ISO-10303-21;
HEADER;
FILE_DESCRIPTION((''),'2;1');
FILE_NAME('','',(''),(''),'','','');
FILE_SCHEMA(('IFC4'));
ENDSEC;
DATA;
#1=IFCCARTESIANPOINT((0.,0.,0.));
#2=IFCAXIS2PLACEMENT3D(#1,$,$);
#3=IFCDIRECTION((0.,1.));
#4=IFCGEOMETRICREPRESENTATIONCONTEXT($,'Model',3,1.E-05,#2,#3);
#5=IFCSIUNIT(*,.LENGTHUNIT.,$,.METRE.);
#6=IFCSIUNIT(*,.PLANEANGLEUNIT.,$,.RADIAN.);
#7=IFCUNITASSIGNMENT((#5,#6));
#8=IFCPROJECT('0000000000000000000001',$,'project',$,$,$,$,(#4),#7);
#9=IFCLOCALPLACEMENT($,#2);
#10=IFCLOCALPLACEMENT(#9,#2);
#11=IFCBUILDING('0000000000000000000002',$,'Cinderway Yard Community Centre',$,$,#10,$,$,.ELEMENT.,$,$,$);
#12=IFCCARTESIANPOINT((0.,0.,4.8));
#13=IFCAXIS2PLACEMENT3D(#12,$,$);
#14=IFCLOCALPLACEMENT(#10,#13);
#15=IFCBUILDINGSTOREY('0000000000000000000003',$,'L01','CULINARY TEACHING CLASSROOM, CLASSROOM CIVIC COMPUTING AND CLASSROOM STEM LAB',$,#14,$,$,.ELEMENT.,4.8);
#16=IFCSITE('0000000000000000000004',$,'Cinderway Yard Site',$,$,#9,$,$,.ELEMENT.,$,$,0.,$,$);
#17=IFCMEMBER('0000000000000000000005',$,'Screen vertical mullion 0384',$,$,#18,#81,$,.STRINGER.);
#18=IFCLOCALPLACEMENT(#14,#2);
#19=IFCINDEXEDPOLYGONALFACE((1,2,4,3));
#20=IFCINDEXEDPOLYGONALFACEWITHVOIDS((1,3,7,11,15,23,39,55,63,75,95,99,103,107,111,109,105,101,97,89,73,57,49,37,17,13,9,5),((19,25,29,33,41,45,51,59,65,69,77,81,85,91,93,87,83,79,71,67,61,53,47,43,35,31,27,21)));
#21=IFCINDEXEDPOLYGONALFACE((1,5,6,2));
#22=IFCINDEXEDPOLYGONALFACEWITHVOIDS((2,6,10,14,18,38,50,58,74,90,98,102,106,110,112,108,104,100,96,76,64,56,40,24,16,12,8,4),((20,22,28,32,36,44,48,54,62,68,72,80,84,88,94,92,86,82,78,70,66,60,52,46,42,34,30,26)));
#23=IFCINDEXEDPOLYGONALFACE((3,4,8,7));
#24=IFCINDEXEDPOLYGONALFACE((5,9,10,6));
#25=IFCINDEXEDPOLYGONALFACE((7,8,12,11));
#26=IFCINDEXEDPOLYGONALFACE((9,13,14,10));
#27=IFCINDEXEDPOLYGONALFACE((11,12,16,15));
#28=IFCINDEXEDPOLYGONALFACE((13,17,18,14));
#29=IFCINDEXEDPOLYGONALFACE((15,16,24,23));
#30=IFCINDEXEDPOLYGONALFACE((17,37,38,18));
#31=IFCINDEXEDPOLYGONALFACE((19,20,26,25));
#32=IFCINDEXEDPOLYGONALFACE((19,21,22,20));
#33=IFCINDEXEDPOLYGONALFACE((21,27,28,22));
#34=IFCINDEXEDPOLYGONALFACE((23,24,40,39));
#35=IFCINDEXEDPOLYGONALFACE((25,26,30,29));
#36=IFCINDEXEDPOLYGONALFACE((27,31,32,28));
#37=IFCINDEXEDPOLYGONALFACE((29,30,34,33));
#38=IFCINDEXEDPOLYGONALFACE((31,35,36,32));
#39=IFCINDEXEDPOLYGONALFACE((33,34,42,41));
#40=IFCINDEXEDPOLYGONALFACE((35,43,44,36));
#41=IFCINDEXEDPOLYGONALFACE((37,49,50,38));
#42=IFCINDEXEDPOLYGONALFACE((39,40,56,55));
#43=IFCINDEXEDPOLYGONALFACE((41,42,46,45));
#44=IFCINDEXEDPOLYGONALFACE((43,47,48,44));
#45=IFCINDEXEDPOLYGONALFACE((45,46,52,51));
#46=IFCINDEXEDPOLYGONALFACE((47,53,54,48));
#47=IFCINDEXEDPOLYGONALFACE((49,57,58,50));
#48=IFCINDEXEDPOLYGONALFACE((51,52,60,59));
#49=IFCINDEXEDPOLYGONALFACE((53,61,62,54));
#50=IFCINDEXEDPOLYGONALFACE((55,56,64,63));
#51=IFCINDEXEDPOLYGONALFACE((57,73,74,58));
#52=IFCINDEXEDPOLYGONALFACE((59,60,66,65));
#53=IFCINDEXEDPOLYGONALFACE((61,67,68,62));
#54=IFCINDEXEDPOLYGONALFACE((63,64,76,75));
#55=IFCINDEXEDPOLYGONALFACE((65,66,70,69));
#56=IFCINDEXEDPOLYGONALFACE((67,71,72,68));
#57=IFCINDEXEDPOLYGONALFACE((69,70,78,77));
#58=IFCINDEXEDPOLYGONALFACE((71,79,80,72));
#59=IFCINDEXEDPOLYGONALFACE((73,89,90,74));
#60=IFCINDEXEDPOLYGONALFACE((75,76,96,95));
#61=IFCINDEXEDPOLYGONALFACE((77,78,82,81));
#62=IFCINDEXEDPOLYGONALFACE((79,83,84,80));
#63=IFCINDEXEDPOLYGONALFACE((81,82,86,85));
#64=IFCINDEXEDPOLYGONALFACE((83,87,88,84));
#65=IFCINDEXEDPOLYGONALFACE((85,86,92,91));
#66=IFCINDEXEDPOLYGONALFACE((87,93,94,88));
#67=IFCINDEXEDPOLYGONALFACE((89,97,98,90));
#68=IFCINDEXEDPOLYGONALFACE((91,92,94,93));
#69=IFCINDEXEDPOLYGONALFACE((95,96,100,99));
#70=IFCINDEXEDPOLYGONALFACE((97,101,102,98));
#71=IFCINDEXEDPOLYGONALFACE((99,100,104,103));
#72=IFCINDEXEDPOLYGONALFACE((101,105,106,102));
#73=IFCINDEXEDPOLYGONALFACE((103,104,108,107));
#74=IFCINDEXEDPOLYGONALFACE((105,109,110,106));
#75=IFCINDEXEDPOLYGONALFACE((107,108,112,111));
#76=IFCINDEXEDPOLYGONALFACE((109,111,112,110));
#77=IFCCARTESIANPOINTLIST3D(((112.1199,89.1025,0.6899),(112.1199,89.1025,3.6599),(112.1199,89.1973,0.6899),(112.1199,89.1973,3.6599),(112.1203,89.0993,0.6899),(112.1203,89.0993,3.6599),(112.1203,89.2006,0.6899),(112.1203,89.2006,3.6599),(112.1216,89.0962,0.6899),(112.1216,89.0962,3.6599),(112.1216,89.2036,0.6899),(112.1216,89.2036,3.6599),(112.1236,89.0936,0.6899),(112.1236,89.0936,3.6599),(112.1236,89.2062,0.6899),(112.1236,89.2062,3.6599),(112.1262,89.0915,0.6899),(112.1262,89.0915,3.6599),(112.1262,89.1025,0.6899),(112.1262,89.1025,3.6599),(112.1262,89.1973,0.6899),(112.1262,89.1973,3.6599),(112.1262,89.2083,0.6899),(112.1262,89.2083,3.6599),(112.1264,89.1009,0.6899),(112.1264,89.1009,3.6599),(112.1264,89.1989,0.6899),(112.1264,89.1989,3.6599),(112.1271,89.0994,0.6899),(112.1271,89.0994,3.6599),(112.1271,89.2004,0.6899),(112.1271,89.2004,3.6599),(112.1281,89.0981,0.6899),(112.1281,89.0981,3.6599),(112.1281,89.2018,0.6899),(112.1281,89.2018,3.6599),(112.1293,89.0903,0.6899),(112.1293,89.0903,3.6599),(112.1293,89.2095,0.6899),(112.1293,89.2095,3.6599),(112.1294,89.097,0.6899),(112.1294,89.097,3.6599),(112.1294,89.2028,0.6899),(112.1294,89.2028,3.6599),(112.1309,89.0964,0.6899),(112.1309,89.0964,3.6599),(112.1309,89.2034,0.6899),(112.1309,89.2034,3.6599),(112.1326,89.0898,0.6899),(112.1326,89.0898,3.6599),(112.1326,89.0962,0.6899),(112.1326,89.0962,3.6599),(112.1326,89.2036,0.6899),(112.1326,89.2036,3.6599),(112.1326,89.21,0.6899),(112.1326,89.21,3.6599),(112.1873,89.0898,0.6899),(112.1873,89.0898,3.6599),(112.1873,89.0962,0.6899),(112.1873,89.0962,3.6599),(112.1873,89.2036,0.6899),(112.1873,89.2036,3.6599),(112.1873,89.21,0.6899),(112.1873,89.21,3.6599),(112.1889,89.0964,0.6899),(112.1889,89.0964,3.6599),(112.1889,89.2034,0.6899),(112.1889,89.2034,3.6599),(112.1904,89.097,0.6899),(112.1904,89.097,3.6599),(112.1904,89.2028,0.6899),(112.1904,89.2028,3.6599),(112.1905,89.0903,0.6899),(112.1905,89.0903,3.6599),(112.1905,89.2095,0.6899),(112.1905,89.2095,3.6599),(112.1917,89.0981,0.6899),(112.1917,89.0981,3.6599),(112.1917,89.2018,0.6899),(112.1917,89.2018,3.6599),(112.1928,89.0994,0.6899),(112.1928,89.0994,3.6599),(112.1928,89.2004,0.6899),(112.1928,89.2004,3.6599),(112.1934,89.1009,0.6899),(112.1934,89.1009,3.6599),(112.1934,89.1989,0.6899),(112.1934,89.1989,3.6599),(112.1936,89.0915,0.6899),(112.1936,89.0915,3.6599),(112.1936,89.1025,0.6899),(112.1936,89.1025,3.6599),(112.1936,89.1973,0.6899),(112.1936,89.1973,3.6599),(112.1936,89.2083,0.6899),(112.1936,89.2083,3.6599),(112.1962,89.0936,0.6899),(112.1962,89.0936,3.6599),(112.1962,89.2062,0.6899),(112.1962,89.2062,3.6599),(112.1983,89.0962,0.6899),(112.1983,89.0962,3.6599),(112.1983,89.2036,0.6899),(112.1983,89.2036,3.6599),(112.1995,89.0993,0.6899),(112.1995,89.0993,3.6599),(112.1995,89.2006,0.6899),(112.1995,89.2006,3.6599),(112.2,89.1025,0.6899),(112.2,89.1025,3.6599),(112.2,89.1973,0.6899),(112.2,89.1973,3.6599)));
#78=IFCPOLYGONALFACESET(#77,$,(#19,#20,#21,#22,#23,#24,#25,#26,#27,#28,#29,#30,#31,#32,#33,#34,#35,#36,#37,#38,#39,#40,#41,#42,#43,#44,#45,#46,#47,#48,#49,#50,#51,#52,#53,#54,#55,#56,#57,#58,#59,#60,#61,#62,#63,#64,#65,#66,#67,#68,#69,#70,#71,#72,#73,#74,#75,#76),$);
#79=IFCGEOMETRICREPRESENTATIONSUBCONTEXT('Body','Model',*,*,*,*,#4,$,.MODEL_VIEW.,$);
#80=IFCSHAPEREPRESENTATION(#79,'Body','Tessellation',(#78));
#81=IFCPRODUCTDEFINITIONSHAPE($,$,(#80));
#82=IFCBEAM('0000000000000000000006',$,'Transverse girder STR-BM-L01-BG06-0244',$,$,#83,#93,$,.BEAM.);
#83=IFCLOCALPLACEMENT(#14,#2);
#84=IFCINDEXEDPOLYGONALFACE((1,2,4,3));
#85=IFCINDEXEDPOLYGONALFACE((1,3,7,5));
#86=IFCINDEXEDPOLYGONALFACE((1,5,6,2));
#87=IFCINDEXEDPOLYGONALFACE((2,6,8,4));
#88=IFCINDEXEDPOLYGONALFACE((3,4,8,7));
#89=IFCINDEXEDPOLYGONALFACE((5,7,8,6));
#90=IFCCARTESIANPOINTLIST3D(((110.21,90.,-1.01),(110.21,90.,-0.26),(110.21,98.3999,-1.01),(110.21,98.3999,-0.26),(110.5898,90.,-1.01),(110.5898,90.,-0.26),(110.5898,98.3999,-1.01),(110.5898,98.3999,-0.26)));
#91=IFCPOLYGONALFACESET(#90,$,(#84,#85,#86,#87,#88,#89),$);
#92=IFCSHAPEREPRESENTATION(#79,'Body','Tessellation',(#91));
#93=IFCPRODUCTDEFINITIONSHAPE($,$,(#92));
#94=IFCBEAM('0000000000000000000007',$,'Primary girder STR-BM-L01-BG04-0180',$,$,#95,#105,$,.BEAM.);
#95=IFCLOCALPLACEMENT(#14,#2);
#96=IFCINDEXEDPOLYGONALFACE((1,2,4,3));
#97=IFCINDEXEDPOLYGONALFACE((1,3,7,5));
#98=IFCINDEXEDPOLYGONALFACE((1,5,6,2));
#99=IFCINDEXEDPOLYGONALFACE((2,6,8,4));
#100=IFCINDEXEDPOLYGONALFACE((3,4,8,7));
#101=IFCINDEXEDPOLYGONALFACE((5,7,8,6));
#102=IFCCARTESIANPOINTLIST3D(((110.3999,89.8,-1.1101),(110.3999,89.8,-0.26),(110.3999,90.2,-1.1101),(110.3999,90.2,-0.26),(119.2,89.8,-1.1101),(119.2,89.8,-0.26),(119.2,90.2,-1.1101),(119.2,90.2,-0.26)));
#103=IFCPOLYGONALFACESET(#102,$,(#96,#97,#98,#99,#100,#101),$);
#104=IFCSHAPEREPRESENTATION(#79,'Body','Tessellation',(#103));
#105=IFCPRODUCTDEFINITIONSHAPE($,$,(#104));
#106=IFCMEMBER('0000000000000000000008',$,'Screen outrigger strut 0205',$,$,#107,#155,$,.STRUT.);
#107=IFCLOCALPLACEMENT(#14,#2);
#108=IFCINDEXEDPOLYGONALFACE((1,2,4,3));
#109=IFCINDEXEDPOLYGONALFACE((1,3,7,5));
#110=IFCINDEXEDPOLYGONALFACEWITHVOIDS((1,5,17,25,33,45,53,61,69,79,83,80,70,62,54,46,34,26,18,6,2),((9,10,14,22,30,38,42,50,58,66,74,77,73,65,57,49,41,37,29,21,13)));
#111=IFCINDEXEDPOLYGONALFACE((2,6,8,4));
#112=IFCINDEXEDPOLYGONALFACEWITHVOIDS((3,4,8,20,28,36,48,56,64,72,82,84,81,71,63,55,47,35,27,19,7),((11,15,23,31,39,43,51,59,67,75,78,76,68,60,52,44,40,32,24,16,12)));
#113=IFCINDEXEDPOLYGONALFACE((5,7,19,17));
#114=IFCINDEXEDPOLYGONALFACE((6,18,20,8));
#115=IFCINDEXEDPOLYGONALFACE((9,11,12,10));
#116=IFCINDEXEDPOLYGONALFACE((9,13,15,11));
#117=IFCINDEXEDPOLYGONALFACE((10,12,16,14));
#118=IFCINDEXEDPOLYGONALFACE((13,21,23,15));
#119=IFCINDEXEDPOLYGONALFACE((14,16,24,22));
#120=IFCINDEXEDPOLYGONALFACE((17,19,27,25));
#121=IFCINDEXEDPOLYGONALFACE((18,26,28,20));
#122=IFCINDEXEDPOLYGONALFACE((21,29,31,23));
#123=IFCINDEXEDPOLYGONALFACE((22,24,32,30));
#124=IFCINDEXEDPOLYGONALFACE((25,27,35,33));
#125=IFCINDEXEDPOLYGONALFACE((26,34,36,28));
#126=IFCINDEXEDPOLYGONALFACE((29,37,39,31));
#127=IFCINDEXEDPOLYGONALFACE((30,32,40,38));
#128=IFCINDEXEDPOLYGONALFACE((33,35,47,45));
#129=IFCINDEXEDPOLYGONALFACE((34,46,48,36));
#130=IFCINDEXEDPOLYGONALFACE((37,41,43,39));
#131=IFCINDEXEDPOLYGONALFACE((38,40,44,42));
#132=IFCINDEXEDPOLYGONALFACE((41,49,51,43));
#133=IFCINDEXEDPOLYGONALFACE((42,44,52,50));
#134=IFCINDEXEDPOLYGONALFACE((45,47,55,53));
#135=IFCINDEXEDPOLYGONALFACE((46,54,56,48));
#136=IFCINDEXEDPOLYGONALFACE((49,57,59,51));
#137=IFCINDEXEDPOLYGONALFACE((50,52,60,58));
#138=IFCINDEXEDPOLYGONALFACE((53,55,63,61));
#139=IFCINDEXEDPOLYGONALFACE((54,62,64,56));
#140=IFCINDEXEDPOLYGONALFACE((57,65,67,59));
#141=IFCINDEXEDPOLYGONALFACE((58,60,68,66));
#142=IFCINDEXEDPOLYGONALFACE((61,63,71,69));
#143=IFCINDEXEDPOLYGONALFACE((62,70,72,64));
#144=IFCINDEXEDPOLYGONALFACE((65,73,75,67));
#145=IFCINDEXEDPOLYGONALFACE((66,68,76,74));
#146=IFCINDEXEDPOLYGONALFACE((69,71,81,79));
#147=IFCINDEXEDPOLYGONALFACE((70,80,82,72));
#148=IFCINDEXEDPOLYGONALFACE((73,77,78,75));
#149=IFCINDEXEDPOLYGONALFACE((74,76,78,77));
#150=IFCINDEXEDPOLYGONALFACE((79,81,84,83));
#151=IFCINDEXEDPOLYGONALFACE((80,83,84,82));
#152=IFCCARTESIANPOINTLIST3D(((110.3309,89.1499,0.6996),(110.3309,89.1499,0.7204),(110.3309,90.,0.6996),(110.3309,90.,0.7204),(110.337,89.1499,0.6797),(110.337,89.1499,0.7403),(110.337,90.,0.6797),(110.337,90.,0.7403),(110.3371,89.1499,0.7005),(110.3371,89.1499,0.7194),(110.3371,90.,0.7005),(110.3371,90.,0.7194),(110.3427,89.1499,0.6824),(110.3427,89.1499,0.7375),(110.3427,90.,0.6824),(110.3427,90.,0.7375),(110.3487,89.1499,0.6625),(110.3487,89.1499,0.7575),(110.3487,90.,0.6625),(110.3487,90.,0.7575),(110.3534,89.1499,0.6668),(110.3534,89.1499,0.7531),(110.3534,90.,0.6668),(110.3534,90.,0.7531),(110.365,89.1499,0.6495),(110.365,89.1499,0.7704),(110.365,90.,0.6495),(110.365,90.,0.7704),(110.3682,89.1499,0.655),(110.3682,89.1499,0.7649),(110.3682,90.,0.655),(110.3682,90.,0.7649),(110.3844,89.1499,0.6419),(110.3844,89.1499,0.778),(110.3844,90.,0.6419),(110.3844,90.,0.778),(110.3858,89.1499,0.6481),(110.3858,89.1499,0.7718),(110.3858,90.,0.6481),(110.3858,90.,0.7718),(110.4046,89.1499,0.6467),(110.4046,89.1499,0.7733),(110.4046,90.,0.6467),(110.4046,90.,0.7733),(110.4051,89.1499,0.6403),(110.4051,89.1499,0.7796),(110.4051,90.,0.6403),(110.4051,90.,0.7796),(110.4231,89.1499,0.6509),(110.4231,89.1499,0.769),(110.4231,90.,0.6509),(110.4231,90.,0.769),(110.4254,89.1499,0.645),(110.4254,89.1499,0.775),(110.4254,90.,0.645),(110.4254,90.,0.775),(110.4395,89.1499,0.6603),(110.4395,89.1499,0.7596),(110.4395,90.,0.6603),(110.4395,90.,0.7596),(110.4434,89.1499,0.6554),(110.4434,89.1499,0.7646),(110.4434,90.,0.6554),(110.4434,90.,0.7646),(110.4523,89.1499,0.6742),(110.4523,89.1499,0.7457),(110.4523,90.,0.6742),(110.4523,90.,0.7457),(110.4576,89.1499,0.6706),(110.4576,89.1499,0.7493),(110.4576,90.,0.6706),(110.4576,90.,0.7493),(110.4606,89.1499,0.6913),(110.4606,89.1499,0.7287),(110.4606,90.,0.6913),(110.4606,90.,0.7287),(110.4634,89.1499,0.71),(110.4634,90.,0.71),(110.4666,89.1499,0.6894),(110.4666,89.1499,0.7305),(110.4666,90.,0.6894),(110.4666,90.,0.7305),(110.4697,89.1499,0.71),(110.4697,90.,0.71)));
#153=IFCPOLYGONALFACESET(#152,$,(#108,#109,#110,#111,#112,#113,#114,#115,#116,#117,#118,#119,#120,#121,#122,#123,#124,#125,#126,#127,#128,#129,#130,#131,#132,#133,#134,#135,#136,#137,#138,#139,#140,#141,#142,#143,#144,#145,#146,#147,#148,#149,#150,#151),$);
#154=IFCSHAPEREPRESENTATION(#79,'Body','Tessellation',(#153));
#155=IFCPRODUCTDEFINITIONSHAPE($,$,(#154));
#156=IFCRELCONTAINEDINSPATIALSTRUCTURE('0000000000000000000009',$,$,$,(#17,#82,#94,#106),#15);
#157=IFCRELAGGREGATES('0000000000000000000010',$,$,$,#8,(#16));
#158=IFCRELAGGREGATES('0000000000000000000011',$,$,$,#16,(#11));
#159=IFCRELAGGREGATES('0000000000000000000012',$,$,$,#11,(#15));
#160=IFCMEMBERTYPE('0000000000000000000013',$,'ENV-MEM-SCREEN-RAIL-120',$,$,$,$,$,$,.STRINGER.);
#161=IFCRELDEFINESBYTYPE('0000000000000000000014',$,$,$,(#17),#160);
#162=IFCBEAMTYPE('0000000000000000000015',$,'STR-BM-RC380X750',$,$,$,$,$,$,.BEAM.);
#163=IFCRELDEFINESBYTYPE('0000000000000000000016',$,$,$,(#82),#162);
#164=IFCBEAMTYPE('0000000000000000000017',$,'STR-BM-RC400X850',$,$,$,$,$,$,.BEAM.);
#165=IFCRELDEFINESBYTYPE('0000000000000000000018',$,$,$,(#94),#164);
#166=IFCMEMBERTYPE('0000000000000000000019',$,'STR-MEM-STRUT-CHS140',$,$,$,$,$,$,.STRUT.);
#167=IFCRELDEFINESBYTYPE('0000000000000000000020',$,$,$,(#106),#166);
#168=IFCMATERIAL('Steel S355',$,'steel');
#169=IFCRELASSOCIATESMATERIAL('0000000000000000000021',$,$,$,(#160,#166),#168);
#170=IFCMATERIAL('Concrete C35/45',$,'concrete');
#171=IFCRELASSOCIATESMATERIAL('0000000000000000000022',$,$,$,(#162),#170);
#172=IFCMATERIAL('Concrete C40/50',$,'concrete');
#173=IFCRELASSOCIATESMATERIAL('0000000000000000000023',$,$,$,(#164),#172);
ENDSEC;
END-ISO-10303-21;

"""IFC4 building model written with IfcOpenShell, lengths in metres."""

from ifc_helpers import new_model, si_unit, direction, frame, origin, origin_2d, place, context, subcontext, project, spatial, rectangle, hollow_rectangle, hollow_circle, extrude, material, material_profile, profile_set, type_object, element, save


model = new_model("IFC4")

# Units and contexts
model_context = context("Model", 3, precision=1e-05, world=origin(), true_north=direction((0.0, 1.0)))
body_context = subcontext(model_context, "Body", "Model", "MODEL_VIEW")
ifc_project = project(units=[si_unit("LENGTHUNIT", "METRE"), si_unit("PLANEANGLEUNIT", "RADIAN")], contexts=[model_context])

# Site, building, storey
site_placement = place(None, origin())
site = spatial("IfcSite", under=ifc_project, at=site_placement, Name="Cinderway Yard Site", CompositionType="ELEMENT", RefElevation=0.0)
building_placement = place(site_placement, origin())
building = spatial("IfcBuilding", under=site, at=building_placement, Name="Cinderway Yard Community Centre", CompositionType="ELEMENT")
storey_placement = place(building_placement, frame((0.0, 0.0, 4.8)))
storey = spatial("IfcBuildingStorey", under=building, at=storey_placement, Name="L01", Description="CULINARY TEACHING CLASSROOM, CLASSROOM CIVIC COMPUTING AND CLASSROOM STEM LAB", CompositionType="ELEMENT", Elevation=4.8)

# Shared definitions
ifc_material_1 = material(Name="Concrete C40/50", Category="concrete")

# Member
ifc_material_2 = material(Name="Steel S355", Category="steel")
ifc_material_profile_1 = material_profile(ifc_material_2, hollow_rectangle(XDim=0.0801, YDim=0.1201, WallThickness=0.0063, InnerFilletRadius=0.0063, OuterFilletRadius=0.0127, at=origin_2d()), Name="Steel S355")
ifc_profile_set_1 = profile_set([ifc_material_profile_1], Name="Steel S355")
member_type_1 = type_object("IfcMemberType", Name="ENV-MEM-SCREEN-RAIL-120", PredefinedType="STRINGER", material=ifc_profile_set_1)
member_1_placement = place(storey_placement, frame((112.1599, 89.1499, 0.6899), z_axis=(0.0, 0.0, 1.0), x_axis=(1.0, 0.0, 0.0)))
element("IfcMember", 1, at=member_1_placement, inside=storey, type_object=member_type_1, Name="Screen vertical mullion 0384", PredefinedType="STRINGER", context=body_context, shape_type="SweptSolid", body=[
    extrude(hollow_rectangle(XDim=0.0801, YDim=0.1201, WallThickness=0.0063, InnerFilletRadius=0.0063, OuterFilletRadius=0.0127, at=origin_2d()), origin(), (0.0, 0.0, 1.0), 2.97),
])

# Beams
ifc_material_3 = material(Name="Concrete C35/45", Category="concrete")
ifc_material_profile_2 = material_profile(ifc_material_3, rectangle(XDim=0.3799, YDim=0.75, at=origin_2d()), Name="Concrete C35/45")
ifc_profile_set_2 = profile_set([ifc_material_profile_2], Name="Concrete C35/45")
beam_type_1 = type_object("IfcBeamType", Name="STR-BM-RC380X750", PredefinedType="BEAM", material=ifc_profile_set_2)
beam_1_placement = place(storey_placement, frame((110.3999, 90.0, -0.635), z_axis=(0.0, 1.0, 0.0), x_axis=(-1.0, 0.0, 0.0)))
element("IfcBeam", 2, at=beam_1_placement, inside=storey, type_object=beam_type_1, Name="Transverse girder STR-BM-L01-BG06-0244", PredefinedType="BEAM", context=body_context, shape_type="SweptSolid", body=[
    extrude(rectangle(XDim=0.3799, YDim=0.75, at=origin_2d()), origin(), (0.0, 0.0, 1.0), 8.3999),
])
ifc_material_profile_3 = material_profile(ifc_material_1, rectangle(XDim=0.3999, YDim=0.8501, at=origin_2d()), Name="Concrete C40/50")
ifc_profile_set_3 = profile_set([ifc_material_profile_3], Name="Concrete C40/50")
beam_type_2 = type_object("IfcBeamType", Name="STR-BM-RC400X850", PredefinedType="BEAM", material=ifc_profile_set_3)
beam_2_placement = place(storey_placement, frame((110.3999, 90.0, -0.6851), z_axis=(1.0, 0.0, 0.0), x_axis=(0.0, 1.0, 0.0)))
element("IfcBeam", 3, at=beam_2_placement, inside=storey, type_object=beam_type_2, Name="Primary girder STR-BM-L01-BG04-0180", PredefinedType="BEAM", context=body_context, shape_type="SweptSolid", body=[
    extrude(rectangle(XDim=0.3999, YDim=0.8501, at=origin_2d()), origin(), (0.0, 0.0, 1.0), 8.8),
])

# Member
ifc_material_profile_4 = material_profile(ifc_material_2, hollow_circle(Radius=0.0698, WallThickness=0.0063, at=origin_2d()), Name="Steel S355")
ifc_profile_set_4 = profile_set([ifc_material_profile_4], Name="Steel S355")
member_type_2 = type_object("IfcMemberType", Name="STR-MEM-STRUT-CHS140", PredefinedType="STRUT", material=ifc_profile_set_4)
for number, where, z_axis, x_axis, name in (
    (4, (110.3999, 90.0, 0.71), (0.0, -1.0, 0.0), (1.0, 0.0, 0.0), "Screen outrigger strut 0205"),
):
    element("IfcMember", number, at=place(storey_placement, frame(where, z_axis=z_axis, x_axis=x_axis)), inside=storey, type_object=member_type_2, Name=name, PredefinedType="STRUT", context=body_context, shape_type="SweptSolid", body=[
        extrude(hollow_circle(Radius=0.0698, WallThickness=0.0063, at=origin_2d()), origin(), (0.0, 0.0, 1.0), 0.8501),
    ])

save(model, "model.ifc")
